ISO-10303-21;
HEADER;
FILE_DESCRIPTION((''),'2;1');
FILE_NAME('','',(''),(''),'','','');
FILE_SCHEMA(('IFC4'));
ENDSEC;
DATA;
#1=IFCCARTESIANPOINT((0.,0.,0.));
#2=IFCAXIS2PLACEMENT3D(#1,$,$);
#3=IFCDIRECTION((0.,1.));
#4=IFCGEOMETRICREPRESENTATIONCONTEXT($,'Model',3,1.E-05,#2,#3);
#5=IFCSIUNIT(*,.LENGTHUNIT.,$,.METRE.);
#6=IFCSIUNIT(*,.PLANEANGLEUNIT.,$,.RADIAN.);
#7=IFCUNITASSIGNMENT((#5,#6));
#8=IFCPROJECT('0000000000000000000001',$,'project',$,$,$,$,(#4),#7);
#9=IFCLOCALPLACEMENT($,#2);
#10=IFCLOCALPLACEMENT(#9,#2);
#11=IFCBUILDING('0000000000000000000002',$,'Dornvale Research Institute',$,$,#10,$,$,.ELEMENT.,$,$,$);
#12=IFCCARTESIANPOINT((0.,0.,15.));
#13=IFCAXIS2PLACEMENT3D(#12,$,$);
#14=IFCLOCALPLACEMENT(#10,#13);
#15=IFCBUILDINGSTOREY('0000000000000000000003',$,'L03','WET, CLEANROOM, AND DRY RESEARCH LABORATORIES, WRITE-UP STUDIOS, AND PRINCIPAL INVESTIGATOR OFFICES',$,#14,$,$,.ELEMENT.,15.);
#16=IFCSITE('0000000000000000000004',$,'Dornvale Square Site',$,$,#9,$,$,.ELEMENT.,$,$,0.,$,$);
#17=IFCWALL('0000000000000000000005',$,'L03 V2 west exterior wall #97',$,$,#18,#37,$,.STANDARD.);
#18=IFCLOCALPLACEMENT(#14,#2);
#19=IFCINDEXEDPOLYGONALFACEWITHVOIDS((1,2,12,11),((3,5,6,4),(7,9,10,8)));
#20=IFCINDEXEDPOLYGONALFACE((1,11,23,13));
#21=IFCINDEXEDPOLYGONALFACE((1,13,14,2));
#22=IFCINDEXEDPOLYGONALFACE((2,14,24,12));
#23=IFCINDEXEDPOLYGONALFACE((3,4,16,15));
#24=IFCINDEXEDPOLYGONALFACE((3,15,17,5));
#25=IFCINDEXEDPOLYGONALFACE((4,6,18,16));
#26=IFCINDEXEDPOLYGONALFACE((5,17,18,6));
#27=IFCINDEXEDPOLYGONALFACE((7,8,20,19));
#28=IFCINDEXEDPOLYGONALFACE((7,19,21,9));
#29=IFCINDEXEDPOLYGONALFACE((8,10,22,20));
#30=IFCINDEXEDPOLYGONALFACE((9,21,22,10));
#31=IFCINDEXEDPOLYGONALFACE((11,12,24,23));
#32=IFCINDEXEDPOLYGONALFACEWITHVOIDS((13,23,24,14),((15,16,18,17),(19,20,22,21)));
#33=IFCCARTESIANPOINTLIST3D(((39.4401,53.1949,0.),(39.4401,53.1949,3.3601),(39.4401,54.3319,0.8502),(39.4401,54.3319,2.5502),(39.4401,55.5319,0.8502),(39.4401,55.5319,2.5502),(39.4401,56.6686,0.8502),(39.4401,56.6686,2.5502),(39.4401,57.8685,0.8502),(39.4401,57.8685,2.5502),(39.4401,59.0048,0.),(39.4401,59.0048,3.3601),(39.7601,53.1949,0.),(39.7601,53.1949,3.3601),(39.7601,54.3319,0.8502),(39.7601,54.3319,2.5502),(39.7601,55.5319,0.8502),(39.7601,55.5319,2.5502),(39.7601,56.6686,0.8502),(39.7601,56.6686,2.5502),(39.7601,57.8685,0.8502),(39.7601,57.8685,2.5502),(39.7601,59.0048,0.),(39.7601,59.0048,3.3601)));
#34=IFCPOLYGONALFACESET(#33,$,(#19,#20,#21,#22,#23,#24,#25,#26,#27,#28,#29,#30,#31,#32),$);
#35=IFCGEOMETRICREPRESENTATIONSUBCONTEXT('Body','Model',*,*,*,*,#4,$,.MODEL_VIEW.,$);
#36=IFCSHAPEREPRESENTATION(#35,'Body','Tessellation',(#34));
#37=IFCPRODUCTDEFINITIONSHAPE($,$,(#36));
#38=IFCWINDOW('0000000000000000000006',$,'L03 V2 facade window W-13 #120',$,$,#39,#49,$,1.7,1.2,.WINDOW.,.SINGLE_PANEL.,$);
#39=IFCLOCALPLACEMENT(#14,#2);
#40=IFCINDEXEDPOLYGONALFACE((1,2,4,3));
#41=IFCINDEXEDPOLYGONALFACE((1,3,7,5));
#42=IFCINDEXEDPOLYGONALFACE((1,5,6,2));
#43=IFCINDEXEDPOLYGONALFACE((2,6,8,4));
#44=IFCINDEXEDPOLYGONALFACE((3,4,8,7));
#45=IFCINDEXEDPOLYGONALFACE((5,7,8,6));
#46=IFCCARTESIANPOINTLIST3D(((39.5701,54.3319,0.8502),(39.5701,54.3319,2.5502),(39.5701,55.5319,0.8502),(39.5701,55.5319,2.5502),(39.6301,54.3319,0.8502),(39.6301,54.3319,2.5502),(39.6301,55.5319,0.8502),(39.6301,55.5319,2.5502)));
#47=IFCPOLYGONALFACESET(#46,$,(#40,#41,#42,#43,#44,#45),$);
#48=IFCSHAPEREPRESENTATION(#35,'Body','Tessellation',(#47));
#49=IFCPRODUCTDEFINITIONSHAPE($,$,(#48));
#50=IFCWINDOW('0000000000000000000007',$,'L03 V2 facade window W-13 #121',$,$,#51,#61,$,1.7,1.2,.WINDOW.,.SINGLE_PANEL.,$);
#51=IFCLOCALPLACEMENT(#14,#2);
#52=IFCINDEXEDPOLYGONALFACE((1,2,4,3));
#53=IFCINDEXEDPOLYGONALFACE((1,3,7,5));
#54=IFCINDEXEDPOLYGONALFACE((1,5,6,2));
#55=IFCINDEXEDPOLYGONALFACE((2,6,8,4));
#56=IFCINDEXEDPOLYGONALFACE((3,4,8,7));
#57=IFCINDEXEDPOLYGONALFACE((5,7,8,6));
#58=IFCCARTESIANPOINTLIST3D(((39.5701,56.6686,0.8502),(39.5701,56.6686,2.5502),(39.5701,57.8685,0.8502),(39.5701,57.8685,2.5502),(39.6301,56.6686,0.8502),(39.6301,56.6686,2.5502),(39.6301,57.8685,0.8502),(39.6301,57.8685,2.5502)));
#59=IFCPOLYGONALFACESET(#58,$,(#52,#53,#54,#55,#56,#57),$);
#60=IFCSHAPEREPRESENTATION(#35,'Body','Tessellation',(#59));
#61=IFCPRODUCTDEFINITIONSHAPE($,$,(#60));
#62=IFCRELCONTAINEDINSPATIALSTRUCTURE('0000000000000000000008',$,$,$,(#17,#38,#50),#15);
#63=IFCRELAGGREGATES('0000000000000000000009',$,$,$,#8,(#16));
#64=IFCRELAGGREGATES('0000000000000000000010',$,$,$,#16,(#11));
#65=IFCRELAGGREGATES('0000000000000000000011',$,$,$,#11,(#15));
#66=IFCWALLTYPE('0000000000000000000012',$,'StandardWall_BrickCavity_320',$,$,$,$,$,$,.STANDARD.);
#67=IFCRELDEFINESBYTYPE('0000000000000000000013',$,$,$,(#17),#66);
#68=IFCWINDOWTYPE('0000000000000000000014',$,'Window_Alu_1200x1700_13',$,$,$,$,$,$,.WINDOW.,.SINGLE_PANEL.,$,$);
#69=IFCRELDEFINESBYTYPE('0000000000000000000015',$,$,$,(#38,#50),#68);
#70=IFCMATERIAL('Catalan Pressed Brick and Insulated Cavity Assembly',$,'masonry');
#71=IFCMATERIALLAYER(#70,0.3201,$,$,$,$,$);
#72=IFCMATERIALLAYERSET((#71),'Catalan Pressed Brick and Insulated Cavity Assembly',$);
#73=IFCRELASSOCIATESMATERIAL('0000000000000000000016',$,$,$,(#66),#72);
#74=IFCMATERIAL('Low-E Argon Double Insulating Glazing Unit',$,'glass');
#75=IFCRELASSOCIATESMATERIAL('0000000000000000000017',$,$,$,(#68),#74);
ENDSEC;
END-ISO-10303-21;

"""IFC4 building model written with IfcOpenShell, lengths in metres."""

from ifc_helpers import new_model, si_unit, direction, frame, frame_2d, origin, place, context, subcontext, project, spatial, rectangle, extrude, material, layer, layer_set, type_object, element, fill, save


model = new_model("IFC4")

# Units and contexts
model_context = context("Model", 3, precision=1e-05, world=origin(), true_north=direction((0.0, 1.0)))
body_context = subcontext(model_context, "Body", "Model", "MODEL_VIEW")
ifc_project = project(units=[si_unit("LENGTHUNIT", "METRE"), si_unit("PLANEANGLEUNIT", "RADIAN")], contexts=[model_context])

# Site, building, storey
site_placement = place(None, origin())
site = spatial("IfcSite", under=ifc_project, at=site_placement, Name="Dornvale Square Site", CompositionType="ELEMENT", RefElevation=0.0)
building_placement = place(site_placement, origin())
building = spatial("IfcBuilding", under=site, at=building_placement, Name="Dornvale Research Institute", CompositionType="ELEMENT")
storey_placement = place(building_placement, frame((0.0, 0.0, 15.0)))
storey = spatial("IfcBuildingStorey", under=building, at=storey_placement, Name="L03", Description="WET, CLEANROOM, AND DRY RESEARCH LABORATORIES, WRITE-UP STUDIOS, AND PRINCIPAL INVESTIGATOR OFFICES", CompositionType="ELEMENT", Elevation=15.0)

# Wall, openings, windows
ifc_material_1 = material(Name="Catalan Pressed Brick and Insulated Cavity Assembly", Category="masonry")
ifc_layer_1 = layer(ifc_material_1, 0.3201)
ifc_layer_set_1 = layer_set([ifc_layer_1], Name="Catalan Pressed Brick and Insulated Cavity Assembly")
wall_type_1 = type_object("IfcWallType", Name="StandardWall_BrickCavity_320", PredefinedType="STANDARD", material=ifc_layer_set_1)
wall_1_placement = place(storey_placement, frame((39.6001, 53.1951, 0.0), z_axis=(0.0, 0.0, 1.0), x_axis=(0.0, 1.0, 0.0)))
wall_1 = element("IfcWall", 1, at=wall_1_placement, inside=storey, type_object=wall_type_1, Name="L03 V2 west exterior wall #97", PredefinedType="STANDARD", context=body_context, shape_type="SweptSolid", body=[
    extrude(rectangle(XDim=5.8098, YDim=0.3201, at=frame_2d((2.9048, 0.0))), origin(), (0.0, 0.0, 1.0), 3.3601),
])
opening_1_placement = place(wall_1_placement, frame((1.1367, 0.0, 0.8501)))
opening_1 = element("IfcOpeningElement", 2, at=opening_1_placement, cuts=wall_1, PredefinedType="OPENING", context=body_context, shape_type="SweptSolid", body=[
    extrude(rectangle(XDim=1.2, YDim=1.7, at=frame_2d((0.6001, 0.8501))), frame((0.0, 0.175, 0.0), z_axis=(0.0, -1.0, 0.0), x_axis=(1.0, 0.0, 0.0)), (0.0, 0.0, 1.0), 0.3501),
])
opening_2_placement = place(wall_1_placement, frame((3.4734, 0.0, 0.8501)))
opening_2 = element("IfcOpeningElement", 3, at=opening_2_placement, cuts=wall_1, PredefinedType="OPENING", context=body_context, shape_type="SweptSolid", body=[
    extrude(rectangle(XDim=1.2, YDim=1.7, at=frame_2d((0.6001, 0.8501))), frame((0.0, 0.175, 0.0), z_axis=(0.0, -1.0, 0.0), x_axis=(1.0, 0.0, 0.0)), (0.0, 0.0, 1.0), 0.3501),
])
ifc_material_2 = material(Name="Low-E Argon Double Insulating Glazing Unit", Category="glass")
window_type = type_object("IfcWindowType", Name="Window_Alu_1200x1700_13", PartitioningType="SINGLE_PANEL", PredefinedType="WINDOW", material=ifc_material_2)
window_1_placement = place(opening_1_placement, origin())
window_1 = element("IfcWindow", 4, at=window_1_placement, inside=storey, type_object=window_type, Name="L03 V2 facade window W-13 #120", OverallHeight=1.7, OverallWidth=1.2, PartitioningType="SINGLE_PANEL", PredefinedType="WINDOW", context=body_context, shape_type="SweptSolid", body=[
    extrude(rectangle(XDim=1.2, YDim=1.7, at=frame_2d((0.6001, 0.8501))), frame((0.0, 0.03, 0.0), z_axis=(0.0, -1.0, 0.0), x_axis=(1.0, 0.0, 0.0)), (0.0, 0.0, 1.0), 0.0601),
])
fill(opening_1, window_1)
window_2_placement = place(opening_2_placement, origin())
window_2 = element("IfcWindow", 5, at=window_2_placement, inside=storey, type_object=window_type, Name="L03 V2 facade window W-13 #121", OverallHeight=1.7, OverallWidth=1.2, PartitioningType="SINGLE_PANEL", PredefinedType="WINDOW", context=body_context, shape_type="SweptSolid", body=[
    extrude(rectangle(XDim=1.2, YDim=1.7, at=frame_2d((0.6001, 0.8501))), frame((0.0, 0.03, 0.0), z_axis=(0.0, -1.0, 0.0), x_axis=(1.0, 0.0, 0.0)), (0.0, 0.0, 1.0), 0.0601),
])
fill(opening_2, window_2)

save(model, "model.ifc")
